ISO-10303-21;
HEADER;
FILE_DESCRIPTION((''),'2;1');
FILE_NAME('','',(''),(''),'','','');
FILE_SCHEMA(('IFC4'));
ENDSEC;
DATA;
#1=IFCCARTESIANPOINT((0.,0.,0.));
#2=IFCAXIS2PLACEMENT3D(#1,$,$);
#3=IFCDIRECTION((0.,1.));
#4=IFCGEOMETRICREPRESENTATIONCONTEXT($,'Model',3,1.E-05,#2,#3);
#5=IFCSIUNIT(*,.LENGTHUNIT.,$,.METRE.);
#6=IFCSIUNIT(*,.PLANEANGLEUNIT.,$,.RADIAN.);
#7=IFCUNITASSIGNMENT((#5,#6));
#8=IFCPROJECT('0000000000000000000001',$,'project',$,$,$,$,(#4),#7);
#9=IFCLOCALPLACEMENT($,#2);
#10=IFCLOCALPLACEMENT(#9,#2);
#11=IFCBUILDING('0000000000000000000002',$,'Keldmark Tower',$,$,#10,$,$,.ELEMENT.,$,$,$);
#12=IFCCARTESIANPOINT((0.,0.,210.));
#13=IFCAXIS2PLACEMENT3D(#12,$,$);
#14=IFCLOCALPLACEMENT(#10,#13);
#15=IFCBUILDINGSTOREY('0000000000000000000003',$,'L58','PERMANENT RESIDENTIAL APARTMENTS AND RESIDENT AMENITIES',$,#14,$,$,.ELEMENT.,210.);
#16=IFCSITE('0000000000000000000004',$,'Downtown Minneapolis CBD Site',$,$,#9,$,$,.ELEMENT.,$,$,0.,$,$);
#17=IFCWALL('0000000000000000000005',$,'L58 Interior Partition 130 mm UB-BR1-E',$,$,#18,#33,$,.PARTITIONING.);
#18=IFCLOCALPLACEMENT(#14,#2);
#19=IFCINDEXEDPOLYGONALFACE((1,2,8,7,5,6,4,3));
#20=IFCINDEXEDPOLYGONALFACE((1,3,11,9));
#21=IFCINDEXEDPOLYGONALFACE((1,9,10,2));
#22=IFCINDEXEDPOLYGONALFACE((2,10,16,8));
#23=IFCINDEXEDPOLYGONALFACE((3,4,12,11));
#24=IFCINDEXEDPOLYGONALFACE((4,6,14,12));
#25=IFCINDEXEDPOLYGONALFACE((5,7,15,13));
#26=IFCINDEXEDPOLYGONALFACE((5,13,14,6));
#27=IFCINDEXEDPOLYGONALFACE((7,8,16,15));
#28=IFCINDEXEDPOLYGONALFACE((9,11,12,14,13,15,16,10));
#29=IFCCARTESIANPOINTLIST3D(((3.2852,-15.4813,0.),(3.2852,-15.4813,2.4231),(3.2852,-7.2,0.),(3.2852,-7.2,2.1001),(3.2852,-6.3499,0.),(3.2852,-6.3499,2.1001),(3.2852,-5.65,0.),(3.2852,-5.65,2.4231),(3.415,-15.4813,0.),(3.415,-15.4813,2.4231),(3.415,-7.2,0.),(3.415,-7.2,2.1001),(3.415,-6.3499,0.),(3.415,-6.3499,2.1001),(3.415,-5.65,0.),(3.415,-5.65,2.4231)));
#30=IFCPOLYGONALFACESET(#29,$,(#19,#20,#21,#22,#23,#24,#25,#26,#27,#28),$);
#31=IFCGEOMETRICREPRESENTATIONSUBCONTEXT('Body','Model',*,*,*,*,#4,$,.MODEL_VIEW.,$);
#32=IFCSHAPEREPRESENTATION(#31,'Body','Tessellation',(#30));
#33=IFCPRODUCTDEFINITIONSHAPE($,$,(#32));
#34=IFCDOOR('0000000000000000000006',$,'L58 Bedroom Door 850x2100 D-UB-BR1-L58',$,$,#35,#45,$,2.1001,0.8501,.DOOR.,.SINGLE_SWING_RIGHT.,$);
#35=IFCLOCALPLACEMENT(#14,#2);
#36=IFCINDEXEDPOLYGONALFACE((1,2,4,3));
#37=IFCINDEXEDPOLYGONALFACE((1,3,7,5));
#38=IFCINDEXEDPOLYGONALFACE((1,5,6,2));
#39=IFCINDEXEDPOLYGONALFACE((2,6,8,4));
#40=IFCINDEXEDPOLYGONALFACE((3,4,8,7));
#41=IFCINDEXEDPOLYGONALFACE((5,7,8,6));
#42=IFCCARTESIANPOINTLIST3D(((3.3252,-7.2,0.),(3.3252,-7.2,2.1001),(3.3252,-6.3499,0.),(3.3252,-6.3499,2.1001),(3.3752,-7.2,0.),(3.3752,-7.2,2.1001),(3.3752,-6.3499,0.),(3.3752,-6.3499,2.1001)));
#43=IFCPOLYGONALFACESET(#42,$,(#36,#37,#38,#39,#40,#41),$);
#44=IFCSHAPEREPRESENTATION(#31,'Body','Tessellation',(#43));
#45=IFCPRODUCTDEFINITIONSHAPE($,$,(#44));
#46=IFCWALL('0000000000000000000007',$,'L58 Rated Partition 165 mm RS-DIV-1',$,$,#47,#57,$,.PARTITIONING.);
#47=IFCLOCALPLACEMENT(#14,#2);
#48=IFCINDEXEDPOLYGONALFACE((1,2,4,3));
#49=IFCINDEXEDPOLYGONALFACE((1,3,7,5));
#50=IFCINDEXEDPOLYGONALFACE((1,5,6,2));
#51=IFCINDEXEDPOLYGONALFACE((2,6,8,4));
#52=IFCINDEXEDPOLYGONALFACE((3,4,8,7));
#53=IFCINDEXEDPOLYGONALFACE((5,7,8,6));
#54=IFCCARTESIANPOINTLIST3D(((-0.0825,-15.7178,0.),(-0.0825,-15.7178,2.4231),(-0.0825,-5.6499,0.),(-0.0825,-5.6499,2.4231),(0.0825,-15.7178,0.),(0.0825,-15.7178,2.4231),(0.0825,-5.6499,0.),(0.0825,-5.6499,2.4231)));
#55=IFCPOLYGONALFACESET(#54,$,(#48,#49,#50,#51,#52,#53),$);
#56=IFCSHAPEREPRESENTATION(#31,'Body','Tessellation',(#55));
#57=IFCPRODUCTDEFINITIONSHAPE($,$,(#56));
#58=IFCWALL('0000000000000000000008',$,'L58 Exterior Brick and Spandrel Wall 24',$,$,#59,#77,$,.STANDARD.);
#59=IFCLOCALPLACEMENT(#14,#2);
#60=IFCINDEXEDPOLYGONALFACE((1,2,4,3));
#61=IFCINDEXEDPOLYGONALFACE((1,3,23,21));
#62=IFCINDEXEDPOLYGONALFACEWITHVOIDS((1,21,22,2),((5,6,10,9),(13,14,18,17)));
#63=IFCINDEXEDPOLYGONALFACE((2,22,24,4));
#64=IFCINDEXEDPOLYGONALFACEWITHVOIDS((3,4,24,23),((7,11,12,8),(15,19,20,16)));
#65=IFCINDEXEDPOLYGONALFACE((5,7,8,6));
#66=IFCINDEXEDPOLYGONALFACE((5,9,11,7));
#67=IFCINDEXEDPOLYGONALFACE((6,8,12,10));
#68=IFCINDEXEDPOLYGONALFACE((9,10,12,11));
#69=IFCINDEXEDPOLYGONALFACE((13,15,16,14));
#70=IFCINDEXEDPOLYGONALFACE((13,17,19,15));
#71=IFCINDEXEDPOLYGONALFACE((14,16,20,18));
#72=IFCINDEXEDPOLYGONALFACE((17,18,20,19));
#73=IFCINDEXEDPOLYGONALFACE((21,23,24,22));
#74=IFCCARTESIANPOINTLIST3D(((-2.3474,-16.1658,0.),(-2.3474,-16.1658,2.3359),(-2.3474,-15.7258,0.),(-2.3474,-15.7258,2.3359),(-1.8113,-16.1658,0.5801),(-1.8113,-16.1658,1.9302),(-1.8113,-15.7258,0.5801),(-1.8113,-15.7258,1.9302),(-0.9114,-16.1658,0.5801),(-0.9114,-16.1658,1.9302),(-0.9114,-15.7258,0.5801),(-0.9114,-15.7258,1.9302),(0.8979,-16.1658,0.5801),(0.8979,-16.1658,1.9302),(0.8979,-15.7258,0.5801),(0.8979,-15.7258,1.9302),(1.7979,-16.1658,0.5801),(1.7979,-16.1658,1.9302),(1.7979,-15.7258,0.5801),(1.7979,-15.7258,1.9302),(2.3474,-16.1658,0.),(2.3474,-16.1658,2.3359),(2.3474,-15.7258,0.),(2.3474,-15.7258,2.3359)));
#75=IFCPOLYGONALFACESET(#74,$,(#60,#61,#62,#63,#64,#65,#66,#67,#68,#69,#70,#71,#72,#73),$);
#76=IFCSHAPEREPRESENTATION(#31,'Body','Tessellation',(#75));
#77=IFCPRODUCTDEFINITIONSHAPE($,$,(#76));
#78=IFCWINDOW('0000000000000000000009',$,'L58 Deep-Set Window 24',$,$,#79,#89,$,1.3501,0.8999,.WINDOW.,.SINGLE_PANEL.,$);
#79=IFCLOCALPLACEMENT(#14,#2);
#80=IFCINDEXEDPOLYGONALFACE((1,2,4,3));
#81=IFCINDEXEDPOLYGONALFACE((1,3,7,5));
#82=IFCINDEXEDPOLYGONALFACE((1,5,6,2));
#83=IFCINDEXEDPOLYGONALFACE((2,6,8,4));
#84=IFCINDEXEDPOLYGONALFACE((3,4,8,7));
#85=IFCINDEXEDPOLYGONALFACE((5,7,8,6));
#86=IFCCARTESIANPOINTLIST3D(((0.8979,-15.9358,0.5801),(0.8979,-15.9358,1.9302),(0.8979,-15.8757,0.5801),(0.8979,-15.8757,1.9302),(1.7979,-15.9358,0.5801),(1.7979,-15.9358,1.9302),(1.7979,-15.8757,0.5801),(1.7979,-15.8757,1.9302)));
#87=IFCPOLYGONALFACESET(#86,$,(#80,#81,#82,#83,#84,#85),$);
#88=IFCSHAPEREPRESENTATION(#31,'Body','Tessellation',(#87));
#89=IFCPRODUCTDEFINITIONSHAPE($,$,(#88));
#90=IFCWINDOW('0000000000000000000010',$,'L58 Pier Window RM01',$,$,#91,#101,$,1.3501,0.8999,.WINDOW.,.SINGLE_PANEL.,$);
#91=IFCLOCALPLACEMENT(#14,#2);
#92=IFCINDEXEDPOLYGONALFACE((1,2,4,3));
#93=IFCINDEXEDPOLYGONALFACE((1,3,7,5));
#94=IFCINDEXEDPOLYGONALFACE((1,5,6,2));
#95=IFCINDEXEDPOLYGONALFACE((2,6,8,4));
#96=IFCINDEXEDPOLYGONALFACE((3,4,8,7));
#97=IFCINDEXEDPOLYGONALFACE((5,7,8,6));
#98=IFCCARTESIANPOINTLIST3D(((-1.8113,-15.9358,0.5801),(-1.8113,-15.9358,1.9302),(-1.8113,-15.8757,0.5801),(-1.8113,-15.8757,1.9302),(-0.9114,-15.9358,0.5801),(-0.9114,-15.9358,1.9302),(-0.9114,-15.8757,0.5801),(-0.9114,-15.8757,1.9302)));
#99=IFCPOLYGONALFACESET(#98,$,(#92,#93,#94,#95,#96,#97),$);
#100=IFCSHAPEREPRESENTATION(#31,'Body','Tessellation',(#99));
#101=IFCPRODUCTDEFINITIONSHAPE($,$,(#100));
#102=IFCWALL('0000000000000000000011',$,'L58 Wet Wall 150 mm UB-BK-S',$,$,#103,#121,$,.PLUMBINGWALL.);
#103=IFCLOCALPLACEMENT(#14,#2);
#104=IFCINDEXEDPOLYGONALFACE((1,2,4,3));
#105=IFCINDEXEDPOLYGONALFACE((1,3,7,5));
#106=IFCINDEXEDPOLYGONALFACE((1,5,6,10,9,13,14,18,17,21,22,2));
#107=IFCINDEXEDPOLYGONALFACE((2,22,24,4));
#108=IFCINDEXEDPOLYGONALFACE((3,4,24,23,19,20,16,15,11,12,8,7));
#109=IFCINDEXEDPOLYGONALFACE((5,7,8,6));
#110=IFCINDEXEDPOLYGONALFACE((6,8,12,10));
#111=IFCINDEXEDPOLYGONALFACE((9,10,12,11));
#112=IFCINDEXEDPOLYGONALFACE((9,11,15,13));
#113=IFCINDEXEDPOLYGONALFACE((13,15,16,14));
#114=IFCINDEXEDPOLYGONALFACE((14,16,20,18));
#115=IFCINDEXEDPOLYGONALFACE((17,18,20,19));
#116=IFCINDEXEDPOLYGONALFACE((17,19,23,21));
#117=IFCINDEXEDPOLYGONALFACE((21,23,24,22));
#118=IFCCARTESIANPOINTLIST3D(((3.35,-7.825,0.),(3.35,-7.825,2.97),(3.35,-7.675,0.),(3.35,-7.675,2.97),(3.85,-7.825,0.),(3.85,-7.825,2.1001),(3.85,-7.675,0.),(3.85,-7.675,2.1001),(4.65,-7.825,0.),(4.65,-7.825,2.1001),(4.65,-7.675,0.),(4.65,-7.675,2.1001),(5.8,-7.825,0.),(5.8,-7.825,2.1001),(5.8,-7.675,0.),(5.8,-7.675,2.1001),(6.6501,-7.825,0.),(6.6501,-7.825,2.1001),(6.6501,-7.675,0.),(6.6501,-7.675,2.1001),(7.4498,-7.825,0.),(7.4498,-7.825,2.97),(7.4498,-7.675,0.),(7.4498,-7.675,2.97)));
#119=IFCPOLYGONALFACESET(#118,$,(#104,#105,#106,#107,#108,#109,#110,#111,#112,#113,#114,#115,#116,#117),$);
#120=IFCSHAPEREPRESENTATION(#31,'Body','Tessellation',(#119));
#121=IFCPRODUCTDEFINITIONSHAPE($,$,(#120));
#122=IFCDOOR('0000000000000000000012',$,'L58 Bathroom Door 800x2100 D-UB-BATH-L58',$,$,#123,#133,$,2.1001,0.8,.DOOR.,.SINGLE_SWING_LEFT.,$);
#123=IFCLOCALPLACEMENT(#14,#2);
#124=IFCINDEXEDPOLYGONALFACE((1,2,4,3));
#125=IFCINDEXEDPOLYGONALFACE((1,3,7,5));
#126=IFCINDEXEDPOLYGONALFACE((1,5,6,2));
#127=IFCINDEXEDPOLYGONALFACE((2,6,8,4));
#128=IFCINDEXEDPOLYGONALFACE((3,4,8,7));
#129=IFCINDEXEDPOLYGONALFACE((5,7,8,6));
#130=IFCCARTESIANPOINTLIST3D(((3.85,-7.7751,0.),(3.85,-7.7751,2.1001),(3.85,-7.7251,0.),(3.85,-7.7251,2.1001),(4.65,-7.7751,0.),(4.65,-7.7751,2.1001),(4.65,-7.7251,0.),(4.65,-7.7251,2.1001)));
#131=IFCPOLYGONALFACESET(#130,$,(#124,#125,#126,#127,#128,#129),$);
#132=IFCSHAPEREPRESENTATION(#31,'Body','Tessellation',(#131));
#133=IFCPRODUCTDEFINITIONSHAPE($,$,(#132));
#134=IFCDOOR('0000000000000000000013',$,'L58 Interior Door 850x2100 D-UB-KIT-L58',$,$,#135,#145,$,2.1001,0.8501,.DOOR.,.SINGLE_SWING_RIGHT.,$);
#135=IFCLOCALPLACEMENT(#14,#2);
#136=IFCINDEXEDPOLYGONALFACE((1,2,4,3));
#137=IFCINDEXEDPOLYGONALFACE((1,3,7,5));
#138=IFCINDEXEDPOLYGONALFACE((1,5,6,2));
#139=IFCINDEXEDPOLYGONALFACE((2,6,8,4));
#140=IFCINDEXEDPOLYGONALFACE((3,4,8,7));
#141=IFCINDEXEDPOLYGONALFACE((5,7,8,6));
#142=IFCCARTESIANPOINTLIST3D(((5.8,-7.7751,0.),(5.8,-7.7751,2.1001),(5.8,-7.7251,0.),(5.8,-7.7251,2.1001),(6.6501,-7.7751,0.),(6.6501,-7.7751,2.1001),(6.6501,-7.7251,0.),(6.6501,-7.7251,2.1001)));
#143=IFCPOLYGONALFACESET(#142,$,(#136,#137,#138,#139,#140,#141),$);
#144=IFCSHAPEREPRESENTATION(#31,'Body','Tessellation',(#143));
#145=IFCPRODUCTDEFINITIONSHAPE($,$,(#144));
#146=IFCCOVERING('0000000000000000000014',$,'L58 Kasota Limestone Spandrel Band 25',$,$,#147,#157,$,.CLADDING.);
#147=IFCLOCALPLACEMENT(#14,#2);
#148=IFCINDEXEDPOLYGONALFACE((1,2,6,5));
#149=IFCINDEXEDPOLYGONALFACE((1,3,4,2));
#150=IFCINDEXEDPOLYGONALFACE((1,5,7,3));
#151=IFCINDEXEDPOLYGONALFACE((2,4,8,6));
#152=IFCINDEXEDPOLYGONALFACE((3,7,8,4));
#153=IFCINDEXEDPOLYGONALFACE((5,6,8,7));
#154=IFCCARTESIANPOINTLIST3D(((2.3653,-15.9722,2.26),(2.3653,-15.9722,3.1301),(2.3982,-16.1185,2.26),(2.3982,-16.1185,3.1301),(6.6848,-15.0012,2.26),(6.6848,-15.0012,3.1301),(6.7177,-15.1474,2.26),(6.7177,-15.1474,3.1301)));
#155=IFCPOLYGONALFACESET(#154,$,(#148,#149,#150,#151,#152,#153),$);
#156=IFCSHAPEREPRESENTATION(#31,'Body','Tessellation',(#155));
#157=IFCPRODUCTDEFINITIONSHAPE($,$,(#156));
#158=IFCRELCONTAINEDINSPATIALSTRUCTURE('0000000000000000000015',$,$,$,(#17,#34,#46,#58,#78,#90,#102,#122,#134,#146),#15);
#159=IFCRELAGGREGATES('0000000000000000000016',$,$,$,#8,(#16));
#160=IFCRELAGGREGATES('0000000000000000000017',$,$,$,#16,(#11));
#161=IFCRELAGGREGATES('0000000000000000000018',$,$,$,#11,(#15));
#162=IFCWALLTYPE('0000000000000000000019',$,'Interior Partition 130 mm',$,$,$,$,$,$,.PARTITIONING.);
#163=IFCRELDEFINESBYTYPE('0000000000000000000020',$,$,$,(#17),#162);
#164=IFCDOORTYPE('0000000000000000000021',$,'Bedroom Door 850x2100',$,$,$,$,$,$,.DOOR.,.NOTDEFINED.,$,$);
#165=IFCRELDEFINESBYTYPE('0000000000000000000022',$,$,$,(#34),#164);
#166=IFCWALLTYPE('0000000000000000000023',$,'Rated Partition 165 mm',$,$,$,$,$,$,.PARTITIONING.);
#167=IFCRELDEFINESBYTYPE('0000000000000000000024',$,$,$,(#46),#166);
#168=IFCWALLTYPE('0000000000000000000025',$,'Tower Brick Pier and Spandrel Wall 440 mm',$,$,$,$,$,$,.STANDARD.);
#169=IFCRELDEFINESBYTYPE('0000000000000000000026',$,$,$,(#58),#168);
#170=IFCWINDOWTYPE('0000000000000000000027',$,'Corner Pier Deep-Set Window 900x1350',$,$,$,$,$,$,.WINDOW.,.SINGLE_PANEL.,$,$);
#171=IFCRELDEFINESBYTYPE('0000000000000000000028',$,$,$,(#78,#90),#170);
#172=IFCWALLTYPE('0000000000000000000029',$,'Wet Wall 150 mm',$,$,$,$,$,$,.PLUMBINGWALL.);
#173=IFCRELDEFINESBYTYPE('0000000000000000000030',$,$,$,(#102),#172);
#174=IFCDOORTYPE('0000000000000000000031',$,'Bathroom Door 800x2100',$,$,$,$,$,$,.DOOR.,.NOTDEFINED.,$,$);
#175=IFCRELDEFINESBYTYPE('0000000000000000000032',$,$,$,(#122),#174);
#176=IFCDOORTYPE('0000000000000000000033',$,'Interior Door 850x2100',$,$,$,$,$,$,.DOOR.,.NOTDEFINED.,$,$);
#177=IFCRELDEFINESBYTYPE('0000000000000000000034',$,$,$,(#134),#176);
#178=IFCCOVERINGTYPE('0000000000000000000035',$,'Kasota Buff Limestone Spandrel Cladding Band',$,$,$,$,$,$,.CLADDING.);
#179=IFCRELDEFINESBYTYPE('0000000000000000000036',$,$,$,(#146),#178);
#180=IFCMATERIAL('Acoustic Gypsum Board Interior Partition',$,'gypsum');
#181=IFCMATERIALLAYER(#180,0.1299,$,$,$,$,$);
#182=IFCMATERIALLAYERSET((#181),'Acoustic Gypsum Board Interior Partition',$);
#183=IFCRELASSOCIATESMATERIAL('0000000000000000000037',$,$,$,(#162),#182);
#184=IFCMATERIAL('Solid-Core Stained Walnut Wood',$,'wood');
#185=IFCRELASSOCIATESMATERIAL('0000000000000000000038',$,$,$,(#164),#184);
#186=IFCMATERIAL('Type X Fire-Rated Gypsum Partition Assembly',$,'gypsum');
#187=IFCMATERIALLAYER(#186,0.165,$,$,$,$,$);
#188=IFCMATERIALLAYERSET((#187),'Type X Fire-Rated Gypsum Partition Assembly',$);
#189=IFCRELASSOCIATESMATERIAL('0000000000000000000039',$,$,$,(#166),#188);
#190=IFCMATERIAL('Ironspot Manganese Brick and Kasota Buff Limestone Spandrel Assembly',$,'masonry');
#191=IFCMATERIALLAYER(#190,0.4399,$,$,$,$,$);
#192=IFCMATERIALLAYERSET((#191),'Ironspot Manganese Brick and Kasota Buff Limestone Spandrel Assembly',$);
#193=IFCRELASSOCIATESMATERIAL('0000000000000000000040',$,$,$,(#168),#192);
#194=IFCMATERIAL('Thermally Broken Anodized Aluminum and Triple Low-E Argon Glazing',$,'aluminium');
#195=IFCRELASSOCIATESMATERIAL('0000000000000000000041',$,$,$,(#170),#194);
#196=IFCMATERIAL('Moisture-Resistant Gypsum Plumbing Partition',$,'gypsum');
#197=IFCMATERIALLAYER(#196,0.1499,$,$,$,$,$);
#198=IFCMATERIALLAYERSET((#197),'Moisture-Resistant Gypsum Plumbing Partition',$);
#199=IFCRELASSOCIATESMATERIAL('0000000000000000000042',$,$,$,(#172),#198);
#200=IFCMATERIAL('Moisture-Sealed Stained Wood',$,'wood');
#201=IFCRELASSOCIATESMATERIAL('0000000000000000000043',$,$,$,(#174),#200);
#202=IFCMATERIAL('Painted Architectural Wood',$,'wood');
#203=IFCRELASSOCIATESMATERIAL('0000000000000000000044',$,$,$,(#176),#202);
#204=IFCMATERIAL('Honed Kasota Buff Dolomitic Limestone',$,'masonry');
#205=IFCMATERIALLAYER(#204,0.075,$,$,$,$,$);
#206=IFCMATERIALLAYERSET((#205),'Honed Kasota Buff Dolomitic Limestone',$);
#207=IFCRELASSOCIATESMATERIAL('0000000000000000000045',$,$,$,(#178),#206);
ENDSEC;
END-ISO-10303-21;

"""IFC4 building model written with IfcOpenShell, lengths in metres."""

from ifc_helpers import new_model, si_unit, direction, frame, frame_2d, origin, origin_2d, place, context, subcontext, project, spatial, rectangle, extrude, material, layer, layer_set, type_object, element, fill, save


model = new_model("IFC4")

# Units and contexts
model_context = context("Model", 3, precision=1e-05, world=origin(), true_north=direction((0.0, 1.0)))
body_context = subcontext(model_context, "Body", "Model", "MODEL_VIEW")
ifc_project = project(units=[si_unit("LENGTHUNIT", "METRE"), si_unit("PLANEANGLEUNIT", "RADIAN")], contexts=[model_context])

# Site, building, storey
site_placement = place(None, origin())
site = spatial("IfcSite", under=ifc_project, at=site_placement, Name="Downtown Minneapolis CBD Site", CompositionType="ELEMENT", RefElevation=0.0)
building_placement = place(site_placement, origin())
building = spatial("IfcBuilding", under=site, at=building_placement, Name="Keldmark Tower", CompositionType="ELEMENT")
storey_placement = place(building_placement, frame((0.0, 0.0, 210.0)))
storey = spatial("IfcBuildingStorey", under=building, at=storey_placement, Name="L58", Description="PERMANENT RESIDENTIAL APARTMENTS AND RESIDENT AMENITIES", CompositionType="ELEMENT", Elevation=210.0)

# Wall, opening, door
ifc_material_1 = material(Name="Acoustic Gypsum Board Interior Partition", Category="gypsum")
ifc_layer_1 = layer(ifc_material_1, 0.1299)
ifc_layer_set_1 = layer_set([ifc_layer_1], Name="Acoustic Gypsum Board Interior Partition")
wall_type_1 = type_object("IfcWallType", Name="Interior Partition 130 mm", PredefinedType="PARTITIONING", material=ifc_layer_set_1)
wall_1_placement = place(storey_placement, frame((3.3501, -15.4812, 0.0), z_axis=(0.0, 0.0, 1.0), x_axis=(0.0, 1.0, 0.0)))
wall_1 = element("IfcWall", 1, at=wall_1_placement, inside=storey, type_object=wall_type_1, Name="L58 Interior Partition 130 mm UB-BR1-E", PredefinedType="PARTITIONING", context=body_context, shape_type="SweptSolid", body=[
    extrude(rectangle(XDim=9.8313, YDim=0.1299, at=frame_2d((4.9155, 0.0))), origin(), (0.0, 0.0, 1.0), 2.4231),
])
opening_1_placement = place(wall_1_placement, frame((8.2812, 0.0, 0.0)))
opening_1 = element("IfcOpeningElement", 2, at=opening_1_placement, cuts=wall_1, PredefinedType="OPENING", context=body_context, shape_type="SweptSolid", body=[
    extrude(rectangle(XDim=0.8501, YDim=2.1001, at=frame_2d((0.425, 1.05))), frame((0.0, 0.075, 0.0), z_axis=(0.0, -1.0, 0.0), x_axis=(1.0, 0.0, 0.0)), (0.0, 0.0, 1.0), 0.1499),
])
ifc_material_2 = material(Name="Solid-Core Stained Walnut Wood", Category="wood")
door_type_1 = type_object("IfcDoorType", Name="Bedroom Door 850x2100", OperationType="NOTDEFINED", PredefinedType="DOOR", material=ifc_material_2)
door_1_placement = place(opening_1_placement, origin())
door_1 = element("IfcDoor", 3, at=door_1_placement, inside=storey, type_object=door_type_1, Name="L58 Bedroom Door 850x2100 D-UB-BR1-L58", OperationType="SINGLE_SWING_RIGHT", OverallHeight=2.1001, OverallWidth=0.8501, PredefinedType="DOOR", context=body_context, shape_type="SweptSolid", body=[
    extrude(rectangle(XDim=0.8501, YDim=2.1001, at=frame_2d((0.425, 1.05))), frame((0.0, 0.0249, 0.0), z_axis=(0.0, -1.0, 0.0), x_axis=(1.0, 0.0, 0.0)), (0.0, 0.0, 1.0), 0.05),
])
fill(opening_1, door_1)

# Wall
ifc_material_3 = material(Name="Type X Fire-Rated Gypsum Partition Assembly", Category="gypsum")
ifc_layer_2 = layer(ifc_material_3, 0.165)
ifc_layer_set_2 = layer_set([ifc_layer_2], Name="Type X Fire-Rated Gypsum Partition Assembly")
wall_type_2 = type_object("IfcWallType", Name="Rated Partition 165 mm", PredefinedType="PARTITIONING", material=ifc_layer_set_2)
wall_2_placement = place(storey_placement, frame((0.0, -15.7178, 0.0), z_axis=(0.0, 0.0, 1.0), x_axis=(0.0, 1.0, 0.0)))
element("IfcWall", 4, at=wall_2_placement, inside=storey, type_object=wall_type_2, Name="L58 Rated Partition 165 mm RS-DIV-1", PredefinedType="PARTITIONING", context=body_context, shape_type="SweptSolid", body=[
    extrude(rectangle(XDim=10.0679, YDim=0.165, at=frame_2d((5.0339, 0.0))), origin(), (0.0, 0.0, 1.0), 2.4231),
])

# Wall, openings, windows
ifc_material_4 = material(Name="Ironspot Manganese Brick and Kasota Buff Limestone Spandrel Assembly", Category="masonry")
ifc_layer_3 = layer(ifc_material_4, 0.4399)
ifc_layer_set_3 = layer_set([ifc_layer_3], Name="Ironspot Manganese Brick and Kasota Buff Limestone Spandrel Assembly")
wall_type_3 = type_object("IfcWallType", Name="Tower Brick Pier and Spandrel Wall 440 mm", PredefinedType="STANDARD", material=ifc_layer_set_3)
wall_3_placement = place(storey_placement, frame((2.3474, -15.9458, 0.0), z_axis=(0.0, 0.0, 1.0), x_axis=(-1.0, 0.0, 0.0)))
wall_3 = element("IfcWall", 5, at=wall_3_placement, inside=storey, type_object=wall_type_3, Name="L58 Exterior Brick and Spandrel Wall 24", PredefinedType="STANDARD", context=body_context, shape_type="SweptSolid", body=[
    extrude(rectangle(XDim=4.6948, YDim=0.4399, at=frame_2d((2.3474, 0.0))), origin(), (0.0, 0.0, 1.0), 2.3359),
])
opening_2_placement = place(wall_3_placement, frame((0.5496, 0.0, 0.5801)))
opening_2 = element("IfcOpeningElement", 6, at=opening_2_placement, cuts=wall_3, PredefinedType="OPENING", context=body_context, shape_type="SweptSolid", body=[
    extrude(rectangle(XDim=0.8999, YDim=1.3501, at=frame_2d((0.45, 0.675))), frame((0.0, 0.23, 0.0), z_axis=(0.0, -1.0, 0.0), x_axis=(1.0, 0.0, 0.0)), (0.0, 0.0, 1.0), 0.46),
])
opening_3_placement = place(wall_3_placement, frame((3.2588, 0.0, 0.5801)))
opening_3 = element("IfcOpeningElement", 7, at=opening_3_placement, cuts=wall_3, PredefinedType="OPENING", context=body_context, shape_type="SweptSolid", body=[
    extrude(rectangle(XDim=0.8999, YDim=1.3501, at=frame_2d((0.45, 0.675))), frame((0.0, 0.23, 0.0), z_axis=(0.0, -1.0, 0.0), x_axis=(1.0, 0.0, 0.0)), (0.0, 0.0, 1.0), 0.46),
])
ifc_material_5 = material(Name="Thermally Broken Anodized Aluminum and Triple Low-E Argon Glazing", Category="aluminium")
window_type = type_object("IfcWindowType", Name="Corner Pier Deep-Set Window 900x1350", PartitioningType="SINGLE_PANEL", PredefinedType="WINDOW", material=ifc_material_5)
window_1_placement = place(opening_2_placement, origin())
window_1 = element("IfcWindow", 8, at=window_1_placement, inside=storey, type_object=window_type, Name="L58 Deep-Set Window 24", OverallHeight=1.3501, OverallWidth=0.8999, PartitioningType="SINGLE_PANEL", PredefinedType="WINDOW", context=body_context, shape_type="SweptSolid", body=[
    extrude(rectangle(XDim=0.8999, YDim=1.3501, at=frame_2d((0.45, 0.675))), frame((0.0, -0.01, 0.0), z_axis=(0.0, -1.0, 0.0), x_axis=(1.0, 0.0, 0.0)), (0.0, 0.0, 1.0), 0.0601),
])
fill(opening_2, window_1)
window_2_placement = place(opening_3_placement, origin())
window_2 = element("IfcWindow", 9, at=window_2_placement, inside=storey, type_object=window_type, Name="L58 Pier Window RM01", OverallHeight=1.3501, OverallWidth=0.8999, PartitioningType="SINGLE_PANEL", PredefinedType="WINDOW", context=body_context, shape_type="SweptSolid", body=[
    extrude(rectangle(XDim=0.8999, YDim=1.3501, at=frame_2d((0.45, 0.675))), frame((0.0, -0.01, 0.0), z_axis=(0.0, -1.0, 0.0), x_axis=(1.0, 0.0, 0.0)), (0.0, 0.0, 1.0), 0.0601),
])
fill(opening_3, window_2)

# Wall, openings, doors
ifc_material_6 = material(Name="Moisture-Resistant Gypsum Plumbing Partition", Category="gypsum")
ifc_layer_4 = layer(ifc_material_6, 0.1499)
ifc_layer_set_4 = layer_set([ifc_layer_4], Name="Moisture-Resistant Gypsum Plumbing Partition")
wall_type_4 = type_object("IfcWallType", Name="Wet Wall 150 mm", PredefinedType="PLUMBINGWALL", material=ifc_layer_set_4)
wall_4_placement = place(storey_placement, frame((3.3501, -7.75, 0.0), z_axis=(0.0, 0.0, 1.0), x_axis=(1.0, 0.0, 0.0)))
wall_4 = element("IfcWall", 10, at=wall_4_placement, inside=storey, type_object=wall_type_4, Name="L58 Wet Wall 150 mm UB-BK-S", PredefinedType="PLUMBINGWALL", context=body_context, shape_type="SweptSolid", body=[
    extrude(rectangle(XDim=4.0999, YDim=0.1499, at=frame_2d((2.0498, 0.0))), origin(), (0.0, 0.0, 1.0), 2.97),
])
opening_4_placement = place(wall_4_placement, frame((0.5, 0.0, 0.0)))
opening_4 = element("IfcOpeningElement", 11, at=opening_4_placement, cuts=wall_4, PredefinedType="OPENING", context=body_context, shape_type="SweptSolid", body=[
    extrude(rectangle(XDim=0.8, YDim=2.1001, at=frame_2d((0.3999, 1.05))), frame((0.0, 0.085, 0.0), z_axis=(0.0, -1.0, 0.0), x_axis=(1.0, 0.0, 0.0)), (0.0, 0.0, 1.0), 0.1699),
])
opening_5_placement = place(wall_4_placement, frame((2.45, 0.0, 0.0)))
opening_5 = element("IfcOpeningElement", 12, at=opening_5_placement, cuts=wall_4, PredefinedType="OPENING", context=body_context, shape_type="SweptSolid", body=[
    extrude(rectangle(XDim=0.8501, YDim=2.1001, at=frame_2d((0.425, 1.05))), frame((0.0, 0.085, 0.0), z_axis=(0.0, -1.0, 0.0), x_axis=(1.0, 0.0, 0.0)), (0.0, 0.0, 1.0), 0.1699),
])
ifc_material_7 = material(Name="Moisture-Sealed Stained Wood", Category="wood")
door_type_2 = type_object("IfcDoorType", Name="Bathroom Door 800x2100", OperationType="NOTDEFINED", PredefinedType="DOOR", material=ifc_material_7)
door_2_placement = place(opening_4_placement, origin())
door_2 = element("IfcDoor", 13, at=door_2_placement, inside=storey, type_object=door_type_2, Name="L58 Bathroom Door 800x2100 D-UB-BATH-L58", OperationType="SINGLE_SWING_LEFT", OverallHeight=2.1001, OverallWidth=0.8, PredefinedType="DOOR", context=body_context, shape_type="SweptSolid", body=[
    extrude(rectangle(XDim=0.8, YDim=2.1001, at=frame_2d((0.3999, 1.05))), frame((0.0, 0.0249, 0.0), z_axis=(0.0, -1.0, 0.0), x_axis=(1.0, 0.0, 0.0)), (0.0, 0.0, 1.0), 0.05),
])
fill(opening_4, door_2)
ifc_material_8 = material(Name="Painted Architectural Wood", Category="wood")
door_type_3 = type_object("IfcDoorType", Name="Interior Door 850x2100", OperationType="NOTDEFINED", PredefinedType="DOOR", material=ifc_material_8)
door_3_placement = place(opening_5_placement, origin())
door_3 = element("IfcDoor", 14, at=door_3_placement, inside=storey, type_object=door_type_3, Name="L58 Interior Door 850x2100 D-UB-KIT-L58", OperationType="SINGLE_SWING_RIGHT", OverallHeight=2.1001, OverallWidth=0.8501, PredefinedType="DOOR", context=body_context, shape_type="SweptSolid", body=[
    extrude(rectangle(XDim=0.8501, YDim=2.1001, at=frame_2d((0.425, 1.05))), frame((0.0, 0.0249, 0.0), z_axis=(0.0, -1.0, 0.0), x_axis=(1.0, 0.0, 0.0)), (0.0, 0.0, 1.0), 0.05),
])
fill(opening_5, door_3)

# Covering
ifc_material_9 = material(Name="Honed Kasota Buff Dolomitic Limestone", Category="masonry")
ifc_layer_5 = layer(ifc_material_9, 0.075)
ifc_layer_set_5 = layer_set([ifc_layer_5], Name="Honed Kasota Buff Dolomitic Limestone")
covering_type = type_object("IfcCoveringType", Name="Kasota Buff Limestone Spandrel Cladding Band", PredefinedType="CLADDING", material=ifc_layer_set_5)
covering_placement = place(storey_placement, frame((4.5415, -15.5598, 2.26), z_axis=(0.0, 0.0, 1.0), x_axis=(0.97565, 0.219335, 0.0)))
element("IfcCovering", 15, at=covering_placement, inside=storey, type_object=covering_type, Name="L58 Kasota Limestone Spandrel Band 25", PredefinedType="CLADDING", context=body_context, shape_type="SweptSolid", body=[
    extrude(rectangle(XDim=4.4272, YDim=0.1499, at=origin_2d()), origin(), (0.0, 0.0, 1.0), 0.8701),
])

save(model, "model.ifc")
